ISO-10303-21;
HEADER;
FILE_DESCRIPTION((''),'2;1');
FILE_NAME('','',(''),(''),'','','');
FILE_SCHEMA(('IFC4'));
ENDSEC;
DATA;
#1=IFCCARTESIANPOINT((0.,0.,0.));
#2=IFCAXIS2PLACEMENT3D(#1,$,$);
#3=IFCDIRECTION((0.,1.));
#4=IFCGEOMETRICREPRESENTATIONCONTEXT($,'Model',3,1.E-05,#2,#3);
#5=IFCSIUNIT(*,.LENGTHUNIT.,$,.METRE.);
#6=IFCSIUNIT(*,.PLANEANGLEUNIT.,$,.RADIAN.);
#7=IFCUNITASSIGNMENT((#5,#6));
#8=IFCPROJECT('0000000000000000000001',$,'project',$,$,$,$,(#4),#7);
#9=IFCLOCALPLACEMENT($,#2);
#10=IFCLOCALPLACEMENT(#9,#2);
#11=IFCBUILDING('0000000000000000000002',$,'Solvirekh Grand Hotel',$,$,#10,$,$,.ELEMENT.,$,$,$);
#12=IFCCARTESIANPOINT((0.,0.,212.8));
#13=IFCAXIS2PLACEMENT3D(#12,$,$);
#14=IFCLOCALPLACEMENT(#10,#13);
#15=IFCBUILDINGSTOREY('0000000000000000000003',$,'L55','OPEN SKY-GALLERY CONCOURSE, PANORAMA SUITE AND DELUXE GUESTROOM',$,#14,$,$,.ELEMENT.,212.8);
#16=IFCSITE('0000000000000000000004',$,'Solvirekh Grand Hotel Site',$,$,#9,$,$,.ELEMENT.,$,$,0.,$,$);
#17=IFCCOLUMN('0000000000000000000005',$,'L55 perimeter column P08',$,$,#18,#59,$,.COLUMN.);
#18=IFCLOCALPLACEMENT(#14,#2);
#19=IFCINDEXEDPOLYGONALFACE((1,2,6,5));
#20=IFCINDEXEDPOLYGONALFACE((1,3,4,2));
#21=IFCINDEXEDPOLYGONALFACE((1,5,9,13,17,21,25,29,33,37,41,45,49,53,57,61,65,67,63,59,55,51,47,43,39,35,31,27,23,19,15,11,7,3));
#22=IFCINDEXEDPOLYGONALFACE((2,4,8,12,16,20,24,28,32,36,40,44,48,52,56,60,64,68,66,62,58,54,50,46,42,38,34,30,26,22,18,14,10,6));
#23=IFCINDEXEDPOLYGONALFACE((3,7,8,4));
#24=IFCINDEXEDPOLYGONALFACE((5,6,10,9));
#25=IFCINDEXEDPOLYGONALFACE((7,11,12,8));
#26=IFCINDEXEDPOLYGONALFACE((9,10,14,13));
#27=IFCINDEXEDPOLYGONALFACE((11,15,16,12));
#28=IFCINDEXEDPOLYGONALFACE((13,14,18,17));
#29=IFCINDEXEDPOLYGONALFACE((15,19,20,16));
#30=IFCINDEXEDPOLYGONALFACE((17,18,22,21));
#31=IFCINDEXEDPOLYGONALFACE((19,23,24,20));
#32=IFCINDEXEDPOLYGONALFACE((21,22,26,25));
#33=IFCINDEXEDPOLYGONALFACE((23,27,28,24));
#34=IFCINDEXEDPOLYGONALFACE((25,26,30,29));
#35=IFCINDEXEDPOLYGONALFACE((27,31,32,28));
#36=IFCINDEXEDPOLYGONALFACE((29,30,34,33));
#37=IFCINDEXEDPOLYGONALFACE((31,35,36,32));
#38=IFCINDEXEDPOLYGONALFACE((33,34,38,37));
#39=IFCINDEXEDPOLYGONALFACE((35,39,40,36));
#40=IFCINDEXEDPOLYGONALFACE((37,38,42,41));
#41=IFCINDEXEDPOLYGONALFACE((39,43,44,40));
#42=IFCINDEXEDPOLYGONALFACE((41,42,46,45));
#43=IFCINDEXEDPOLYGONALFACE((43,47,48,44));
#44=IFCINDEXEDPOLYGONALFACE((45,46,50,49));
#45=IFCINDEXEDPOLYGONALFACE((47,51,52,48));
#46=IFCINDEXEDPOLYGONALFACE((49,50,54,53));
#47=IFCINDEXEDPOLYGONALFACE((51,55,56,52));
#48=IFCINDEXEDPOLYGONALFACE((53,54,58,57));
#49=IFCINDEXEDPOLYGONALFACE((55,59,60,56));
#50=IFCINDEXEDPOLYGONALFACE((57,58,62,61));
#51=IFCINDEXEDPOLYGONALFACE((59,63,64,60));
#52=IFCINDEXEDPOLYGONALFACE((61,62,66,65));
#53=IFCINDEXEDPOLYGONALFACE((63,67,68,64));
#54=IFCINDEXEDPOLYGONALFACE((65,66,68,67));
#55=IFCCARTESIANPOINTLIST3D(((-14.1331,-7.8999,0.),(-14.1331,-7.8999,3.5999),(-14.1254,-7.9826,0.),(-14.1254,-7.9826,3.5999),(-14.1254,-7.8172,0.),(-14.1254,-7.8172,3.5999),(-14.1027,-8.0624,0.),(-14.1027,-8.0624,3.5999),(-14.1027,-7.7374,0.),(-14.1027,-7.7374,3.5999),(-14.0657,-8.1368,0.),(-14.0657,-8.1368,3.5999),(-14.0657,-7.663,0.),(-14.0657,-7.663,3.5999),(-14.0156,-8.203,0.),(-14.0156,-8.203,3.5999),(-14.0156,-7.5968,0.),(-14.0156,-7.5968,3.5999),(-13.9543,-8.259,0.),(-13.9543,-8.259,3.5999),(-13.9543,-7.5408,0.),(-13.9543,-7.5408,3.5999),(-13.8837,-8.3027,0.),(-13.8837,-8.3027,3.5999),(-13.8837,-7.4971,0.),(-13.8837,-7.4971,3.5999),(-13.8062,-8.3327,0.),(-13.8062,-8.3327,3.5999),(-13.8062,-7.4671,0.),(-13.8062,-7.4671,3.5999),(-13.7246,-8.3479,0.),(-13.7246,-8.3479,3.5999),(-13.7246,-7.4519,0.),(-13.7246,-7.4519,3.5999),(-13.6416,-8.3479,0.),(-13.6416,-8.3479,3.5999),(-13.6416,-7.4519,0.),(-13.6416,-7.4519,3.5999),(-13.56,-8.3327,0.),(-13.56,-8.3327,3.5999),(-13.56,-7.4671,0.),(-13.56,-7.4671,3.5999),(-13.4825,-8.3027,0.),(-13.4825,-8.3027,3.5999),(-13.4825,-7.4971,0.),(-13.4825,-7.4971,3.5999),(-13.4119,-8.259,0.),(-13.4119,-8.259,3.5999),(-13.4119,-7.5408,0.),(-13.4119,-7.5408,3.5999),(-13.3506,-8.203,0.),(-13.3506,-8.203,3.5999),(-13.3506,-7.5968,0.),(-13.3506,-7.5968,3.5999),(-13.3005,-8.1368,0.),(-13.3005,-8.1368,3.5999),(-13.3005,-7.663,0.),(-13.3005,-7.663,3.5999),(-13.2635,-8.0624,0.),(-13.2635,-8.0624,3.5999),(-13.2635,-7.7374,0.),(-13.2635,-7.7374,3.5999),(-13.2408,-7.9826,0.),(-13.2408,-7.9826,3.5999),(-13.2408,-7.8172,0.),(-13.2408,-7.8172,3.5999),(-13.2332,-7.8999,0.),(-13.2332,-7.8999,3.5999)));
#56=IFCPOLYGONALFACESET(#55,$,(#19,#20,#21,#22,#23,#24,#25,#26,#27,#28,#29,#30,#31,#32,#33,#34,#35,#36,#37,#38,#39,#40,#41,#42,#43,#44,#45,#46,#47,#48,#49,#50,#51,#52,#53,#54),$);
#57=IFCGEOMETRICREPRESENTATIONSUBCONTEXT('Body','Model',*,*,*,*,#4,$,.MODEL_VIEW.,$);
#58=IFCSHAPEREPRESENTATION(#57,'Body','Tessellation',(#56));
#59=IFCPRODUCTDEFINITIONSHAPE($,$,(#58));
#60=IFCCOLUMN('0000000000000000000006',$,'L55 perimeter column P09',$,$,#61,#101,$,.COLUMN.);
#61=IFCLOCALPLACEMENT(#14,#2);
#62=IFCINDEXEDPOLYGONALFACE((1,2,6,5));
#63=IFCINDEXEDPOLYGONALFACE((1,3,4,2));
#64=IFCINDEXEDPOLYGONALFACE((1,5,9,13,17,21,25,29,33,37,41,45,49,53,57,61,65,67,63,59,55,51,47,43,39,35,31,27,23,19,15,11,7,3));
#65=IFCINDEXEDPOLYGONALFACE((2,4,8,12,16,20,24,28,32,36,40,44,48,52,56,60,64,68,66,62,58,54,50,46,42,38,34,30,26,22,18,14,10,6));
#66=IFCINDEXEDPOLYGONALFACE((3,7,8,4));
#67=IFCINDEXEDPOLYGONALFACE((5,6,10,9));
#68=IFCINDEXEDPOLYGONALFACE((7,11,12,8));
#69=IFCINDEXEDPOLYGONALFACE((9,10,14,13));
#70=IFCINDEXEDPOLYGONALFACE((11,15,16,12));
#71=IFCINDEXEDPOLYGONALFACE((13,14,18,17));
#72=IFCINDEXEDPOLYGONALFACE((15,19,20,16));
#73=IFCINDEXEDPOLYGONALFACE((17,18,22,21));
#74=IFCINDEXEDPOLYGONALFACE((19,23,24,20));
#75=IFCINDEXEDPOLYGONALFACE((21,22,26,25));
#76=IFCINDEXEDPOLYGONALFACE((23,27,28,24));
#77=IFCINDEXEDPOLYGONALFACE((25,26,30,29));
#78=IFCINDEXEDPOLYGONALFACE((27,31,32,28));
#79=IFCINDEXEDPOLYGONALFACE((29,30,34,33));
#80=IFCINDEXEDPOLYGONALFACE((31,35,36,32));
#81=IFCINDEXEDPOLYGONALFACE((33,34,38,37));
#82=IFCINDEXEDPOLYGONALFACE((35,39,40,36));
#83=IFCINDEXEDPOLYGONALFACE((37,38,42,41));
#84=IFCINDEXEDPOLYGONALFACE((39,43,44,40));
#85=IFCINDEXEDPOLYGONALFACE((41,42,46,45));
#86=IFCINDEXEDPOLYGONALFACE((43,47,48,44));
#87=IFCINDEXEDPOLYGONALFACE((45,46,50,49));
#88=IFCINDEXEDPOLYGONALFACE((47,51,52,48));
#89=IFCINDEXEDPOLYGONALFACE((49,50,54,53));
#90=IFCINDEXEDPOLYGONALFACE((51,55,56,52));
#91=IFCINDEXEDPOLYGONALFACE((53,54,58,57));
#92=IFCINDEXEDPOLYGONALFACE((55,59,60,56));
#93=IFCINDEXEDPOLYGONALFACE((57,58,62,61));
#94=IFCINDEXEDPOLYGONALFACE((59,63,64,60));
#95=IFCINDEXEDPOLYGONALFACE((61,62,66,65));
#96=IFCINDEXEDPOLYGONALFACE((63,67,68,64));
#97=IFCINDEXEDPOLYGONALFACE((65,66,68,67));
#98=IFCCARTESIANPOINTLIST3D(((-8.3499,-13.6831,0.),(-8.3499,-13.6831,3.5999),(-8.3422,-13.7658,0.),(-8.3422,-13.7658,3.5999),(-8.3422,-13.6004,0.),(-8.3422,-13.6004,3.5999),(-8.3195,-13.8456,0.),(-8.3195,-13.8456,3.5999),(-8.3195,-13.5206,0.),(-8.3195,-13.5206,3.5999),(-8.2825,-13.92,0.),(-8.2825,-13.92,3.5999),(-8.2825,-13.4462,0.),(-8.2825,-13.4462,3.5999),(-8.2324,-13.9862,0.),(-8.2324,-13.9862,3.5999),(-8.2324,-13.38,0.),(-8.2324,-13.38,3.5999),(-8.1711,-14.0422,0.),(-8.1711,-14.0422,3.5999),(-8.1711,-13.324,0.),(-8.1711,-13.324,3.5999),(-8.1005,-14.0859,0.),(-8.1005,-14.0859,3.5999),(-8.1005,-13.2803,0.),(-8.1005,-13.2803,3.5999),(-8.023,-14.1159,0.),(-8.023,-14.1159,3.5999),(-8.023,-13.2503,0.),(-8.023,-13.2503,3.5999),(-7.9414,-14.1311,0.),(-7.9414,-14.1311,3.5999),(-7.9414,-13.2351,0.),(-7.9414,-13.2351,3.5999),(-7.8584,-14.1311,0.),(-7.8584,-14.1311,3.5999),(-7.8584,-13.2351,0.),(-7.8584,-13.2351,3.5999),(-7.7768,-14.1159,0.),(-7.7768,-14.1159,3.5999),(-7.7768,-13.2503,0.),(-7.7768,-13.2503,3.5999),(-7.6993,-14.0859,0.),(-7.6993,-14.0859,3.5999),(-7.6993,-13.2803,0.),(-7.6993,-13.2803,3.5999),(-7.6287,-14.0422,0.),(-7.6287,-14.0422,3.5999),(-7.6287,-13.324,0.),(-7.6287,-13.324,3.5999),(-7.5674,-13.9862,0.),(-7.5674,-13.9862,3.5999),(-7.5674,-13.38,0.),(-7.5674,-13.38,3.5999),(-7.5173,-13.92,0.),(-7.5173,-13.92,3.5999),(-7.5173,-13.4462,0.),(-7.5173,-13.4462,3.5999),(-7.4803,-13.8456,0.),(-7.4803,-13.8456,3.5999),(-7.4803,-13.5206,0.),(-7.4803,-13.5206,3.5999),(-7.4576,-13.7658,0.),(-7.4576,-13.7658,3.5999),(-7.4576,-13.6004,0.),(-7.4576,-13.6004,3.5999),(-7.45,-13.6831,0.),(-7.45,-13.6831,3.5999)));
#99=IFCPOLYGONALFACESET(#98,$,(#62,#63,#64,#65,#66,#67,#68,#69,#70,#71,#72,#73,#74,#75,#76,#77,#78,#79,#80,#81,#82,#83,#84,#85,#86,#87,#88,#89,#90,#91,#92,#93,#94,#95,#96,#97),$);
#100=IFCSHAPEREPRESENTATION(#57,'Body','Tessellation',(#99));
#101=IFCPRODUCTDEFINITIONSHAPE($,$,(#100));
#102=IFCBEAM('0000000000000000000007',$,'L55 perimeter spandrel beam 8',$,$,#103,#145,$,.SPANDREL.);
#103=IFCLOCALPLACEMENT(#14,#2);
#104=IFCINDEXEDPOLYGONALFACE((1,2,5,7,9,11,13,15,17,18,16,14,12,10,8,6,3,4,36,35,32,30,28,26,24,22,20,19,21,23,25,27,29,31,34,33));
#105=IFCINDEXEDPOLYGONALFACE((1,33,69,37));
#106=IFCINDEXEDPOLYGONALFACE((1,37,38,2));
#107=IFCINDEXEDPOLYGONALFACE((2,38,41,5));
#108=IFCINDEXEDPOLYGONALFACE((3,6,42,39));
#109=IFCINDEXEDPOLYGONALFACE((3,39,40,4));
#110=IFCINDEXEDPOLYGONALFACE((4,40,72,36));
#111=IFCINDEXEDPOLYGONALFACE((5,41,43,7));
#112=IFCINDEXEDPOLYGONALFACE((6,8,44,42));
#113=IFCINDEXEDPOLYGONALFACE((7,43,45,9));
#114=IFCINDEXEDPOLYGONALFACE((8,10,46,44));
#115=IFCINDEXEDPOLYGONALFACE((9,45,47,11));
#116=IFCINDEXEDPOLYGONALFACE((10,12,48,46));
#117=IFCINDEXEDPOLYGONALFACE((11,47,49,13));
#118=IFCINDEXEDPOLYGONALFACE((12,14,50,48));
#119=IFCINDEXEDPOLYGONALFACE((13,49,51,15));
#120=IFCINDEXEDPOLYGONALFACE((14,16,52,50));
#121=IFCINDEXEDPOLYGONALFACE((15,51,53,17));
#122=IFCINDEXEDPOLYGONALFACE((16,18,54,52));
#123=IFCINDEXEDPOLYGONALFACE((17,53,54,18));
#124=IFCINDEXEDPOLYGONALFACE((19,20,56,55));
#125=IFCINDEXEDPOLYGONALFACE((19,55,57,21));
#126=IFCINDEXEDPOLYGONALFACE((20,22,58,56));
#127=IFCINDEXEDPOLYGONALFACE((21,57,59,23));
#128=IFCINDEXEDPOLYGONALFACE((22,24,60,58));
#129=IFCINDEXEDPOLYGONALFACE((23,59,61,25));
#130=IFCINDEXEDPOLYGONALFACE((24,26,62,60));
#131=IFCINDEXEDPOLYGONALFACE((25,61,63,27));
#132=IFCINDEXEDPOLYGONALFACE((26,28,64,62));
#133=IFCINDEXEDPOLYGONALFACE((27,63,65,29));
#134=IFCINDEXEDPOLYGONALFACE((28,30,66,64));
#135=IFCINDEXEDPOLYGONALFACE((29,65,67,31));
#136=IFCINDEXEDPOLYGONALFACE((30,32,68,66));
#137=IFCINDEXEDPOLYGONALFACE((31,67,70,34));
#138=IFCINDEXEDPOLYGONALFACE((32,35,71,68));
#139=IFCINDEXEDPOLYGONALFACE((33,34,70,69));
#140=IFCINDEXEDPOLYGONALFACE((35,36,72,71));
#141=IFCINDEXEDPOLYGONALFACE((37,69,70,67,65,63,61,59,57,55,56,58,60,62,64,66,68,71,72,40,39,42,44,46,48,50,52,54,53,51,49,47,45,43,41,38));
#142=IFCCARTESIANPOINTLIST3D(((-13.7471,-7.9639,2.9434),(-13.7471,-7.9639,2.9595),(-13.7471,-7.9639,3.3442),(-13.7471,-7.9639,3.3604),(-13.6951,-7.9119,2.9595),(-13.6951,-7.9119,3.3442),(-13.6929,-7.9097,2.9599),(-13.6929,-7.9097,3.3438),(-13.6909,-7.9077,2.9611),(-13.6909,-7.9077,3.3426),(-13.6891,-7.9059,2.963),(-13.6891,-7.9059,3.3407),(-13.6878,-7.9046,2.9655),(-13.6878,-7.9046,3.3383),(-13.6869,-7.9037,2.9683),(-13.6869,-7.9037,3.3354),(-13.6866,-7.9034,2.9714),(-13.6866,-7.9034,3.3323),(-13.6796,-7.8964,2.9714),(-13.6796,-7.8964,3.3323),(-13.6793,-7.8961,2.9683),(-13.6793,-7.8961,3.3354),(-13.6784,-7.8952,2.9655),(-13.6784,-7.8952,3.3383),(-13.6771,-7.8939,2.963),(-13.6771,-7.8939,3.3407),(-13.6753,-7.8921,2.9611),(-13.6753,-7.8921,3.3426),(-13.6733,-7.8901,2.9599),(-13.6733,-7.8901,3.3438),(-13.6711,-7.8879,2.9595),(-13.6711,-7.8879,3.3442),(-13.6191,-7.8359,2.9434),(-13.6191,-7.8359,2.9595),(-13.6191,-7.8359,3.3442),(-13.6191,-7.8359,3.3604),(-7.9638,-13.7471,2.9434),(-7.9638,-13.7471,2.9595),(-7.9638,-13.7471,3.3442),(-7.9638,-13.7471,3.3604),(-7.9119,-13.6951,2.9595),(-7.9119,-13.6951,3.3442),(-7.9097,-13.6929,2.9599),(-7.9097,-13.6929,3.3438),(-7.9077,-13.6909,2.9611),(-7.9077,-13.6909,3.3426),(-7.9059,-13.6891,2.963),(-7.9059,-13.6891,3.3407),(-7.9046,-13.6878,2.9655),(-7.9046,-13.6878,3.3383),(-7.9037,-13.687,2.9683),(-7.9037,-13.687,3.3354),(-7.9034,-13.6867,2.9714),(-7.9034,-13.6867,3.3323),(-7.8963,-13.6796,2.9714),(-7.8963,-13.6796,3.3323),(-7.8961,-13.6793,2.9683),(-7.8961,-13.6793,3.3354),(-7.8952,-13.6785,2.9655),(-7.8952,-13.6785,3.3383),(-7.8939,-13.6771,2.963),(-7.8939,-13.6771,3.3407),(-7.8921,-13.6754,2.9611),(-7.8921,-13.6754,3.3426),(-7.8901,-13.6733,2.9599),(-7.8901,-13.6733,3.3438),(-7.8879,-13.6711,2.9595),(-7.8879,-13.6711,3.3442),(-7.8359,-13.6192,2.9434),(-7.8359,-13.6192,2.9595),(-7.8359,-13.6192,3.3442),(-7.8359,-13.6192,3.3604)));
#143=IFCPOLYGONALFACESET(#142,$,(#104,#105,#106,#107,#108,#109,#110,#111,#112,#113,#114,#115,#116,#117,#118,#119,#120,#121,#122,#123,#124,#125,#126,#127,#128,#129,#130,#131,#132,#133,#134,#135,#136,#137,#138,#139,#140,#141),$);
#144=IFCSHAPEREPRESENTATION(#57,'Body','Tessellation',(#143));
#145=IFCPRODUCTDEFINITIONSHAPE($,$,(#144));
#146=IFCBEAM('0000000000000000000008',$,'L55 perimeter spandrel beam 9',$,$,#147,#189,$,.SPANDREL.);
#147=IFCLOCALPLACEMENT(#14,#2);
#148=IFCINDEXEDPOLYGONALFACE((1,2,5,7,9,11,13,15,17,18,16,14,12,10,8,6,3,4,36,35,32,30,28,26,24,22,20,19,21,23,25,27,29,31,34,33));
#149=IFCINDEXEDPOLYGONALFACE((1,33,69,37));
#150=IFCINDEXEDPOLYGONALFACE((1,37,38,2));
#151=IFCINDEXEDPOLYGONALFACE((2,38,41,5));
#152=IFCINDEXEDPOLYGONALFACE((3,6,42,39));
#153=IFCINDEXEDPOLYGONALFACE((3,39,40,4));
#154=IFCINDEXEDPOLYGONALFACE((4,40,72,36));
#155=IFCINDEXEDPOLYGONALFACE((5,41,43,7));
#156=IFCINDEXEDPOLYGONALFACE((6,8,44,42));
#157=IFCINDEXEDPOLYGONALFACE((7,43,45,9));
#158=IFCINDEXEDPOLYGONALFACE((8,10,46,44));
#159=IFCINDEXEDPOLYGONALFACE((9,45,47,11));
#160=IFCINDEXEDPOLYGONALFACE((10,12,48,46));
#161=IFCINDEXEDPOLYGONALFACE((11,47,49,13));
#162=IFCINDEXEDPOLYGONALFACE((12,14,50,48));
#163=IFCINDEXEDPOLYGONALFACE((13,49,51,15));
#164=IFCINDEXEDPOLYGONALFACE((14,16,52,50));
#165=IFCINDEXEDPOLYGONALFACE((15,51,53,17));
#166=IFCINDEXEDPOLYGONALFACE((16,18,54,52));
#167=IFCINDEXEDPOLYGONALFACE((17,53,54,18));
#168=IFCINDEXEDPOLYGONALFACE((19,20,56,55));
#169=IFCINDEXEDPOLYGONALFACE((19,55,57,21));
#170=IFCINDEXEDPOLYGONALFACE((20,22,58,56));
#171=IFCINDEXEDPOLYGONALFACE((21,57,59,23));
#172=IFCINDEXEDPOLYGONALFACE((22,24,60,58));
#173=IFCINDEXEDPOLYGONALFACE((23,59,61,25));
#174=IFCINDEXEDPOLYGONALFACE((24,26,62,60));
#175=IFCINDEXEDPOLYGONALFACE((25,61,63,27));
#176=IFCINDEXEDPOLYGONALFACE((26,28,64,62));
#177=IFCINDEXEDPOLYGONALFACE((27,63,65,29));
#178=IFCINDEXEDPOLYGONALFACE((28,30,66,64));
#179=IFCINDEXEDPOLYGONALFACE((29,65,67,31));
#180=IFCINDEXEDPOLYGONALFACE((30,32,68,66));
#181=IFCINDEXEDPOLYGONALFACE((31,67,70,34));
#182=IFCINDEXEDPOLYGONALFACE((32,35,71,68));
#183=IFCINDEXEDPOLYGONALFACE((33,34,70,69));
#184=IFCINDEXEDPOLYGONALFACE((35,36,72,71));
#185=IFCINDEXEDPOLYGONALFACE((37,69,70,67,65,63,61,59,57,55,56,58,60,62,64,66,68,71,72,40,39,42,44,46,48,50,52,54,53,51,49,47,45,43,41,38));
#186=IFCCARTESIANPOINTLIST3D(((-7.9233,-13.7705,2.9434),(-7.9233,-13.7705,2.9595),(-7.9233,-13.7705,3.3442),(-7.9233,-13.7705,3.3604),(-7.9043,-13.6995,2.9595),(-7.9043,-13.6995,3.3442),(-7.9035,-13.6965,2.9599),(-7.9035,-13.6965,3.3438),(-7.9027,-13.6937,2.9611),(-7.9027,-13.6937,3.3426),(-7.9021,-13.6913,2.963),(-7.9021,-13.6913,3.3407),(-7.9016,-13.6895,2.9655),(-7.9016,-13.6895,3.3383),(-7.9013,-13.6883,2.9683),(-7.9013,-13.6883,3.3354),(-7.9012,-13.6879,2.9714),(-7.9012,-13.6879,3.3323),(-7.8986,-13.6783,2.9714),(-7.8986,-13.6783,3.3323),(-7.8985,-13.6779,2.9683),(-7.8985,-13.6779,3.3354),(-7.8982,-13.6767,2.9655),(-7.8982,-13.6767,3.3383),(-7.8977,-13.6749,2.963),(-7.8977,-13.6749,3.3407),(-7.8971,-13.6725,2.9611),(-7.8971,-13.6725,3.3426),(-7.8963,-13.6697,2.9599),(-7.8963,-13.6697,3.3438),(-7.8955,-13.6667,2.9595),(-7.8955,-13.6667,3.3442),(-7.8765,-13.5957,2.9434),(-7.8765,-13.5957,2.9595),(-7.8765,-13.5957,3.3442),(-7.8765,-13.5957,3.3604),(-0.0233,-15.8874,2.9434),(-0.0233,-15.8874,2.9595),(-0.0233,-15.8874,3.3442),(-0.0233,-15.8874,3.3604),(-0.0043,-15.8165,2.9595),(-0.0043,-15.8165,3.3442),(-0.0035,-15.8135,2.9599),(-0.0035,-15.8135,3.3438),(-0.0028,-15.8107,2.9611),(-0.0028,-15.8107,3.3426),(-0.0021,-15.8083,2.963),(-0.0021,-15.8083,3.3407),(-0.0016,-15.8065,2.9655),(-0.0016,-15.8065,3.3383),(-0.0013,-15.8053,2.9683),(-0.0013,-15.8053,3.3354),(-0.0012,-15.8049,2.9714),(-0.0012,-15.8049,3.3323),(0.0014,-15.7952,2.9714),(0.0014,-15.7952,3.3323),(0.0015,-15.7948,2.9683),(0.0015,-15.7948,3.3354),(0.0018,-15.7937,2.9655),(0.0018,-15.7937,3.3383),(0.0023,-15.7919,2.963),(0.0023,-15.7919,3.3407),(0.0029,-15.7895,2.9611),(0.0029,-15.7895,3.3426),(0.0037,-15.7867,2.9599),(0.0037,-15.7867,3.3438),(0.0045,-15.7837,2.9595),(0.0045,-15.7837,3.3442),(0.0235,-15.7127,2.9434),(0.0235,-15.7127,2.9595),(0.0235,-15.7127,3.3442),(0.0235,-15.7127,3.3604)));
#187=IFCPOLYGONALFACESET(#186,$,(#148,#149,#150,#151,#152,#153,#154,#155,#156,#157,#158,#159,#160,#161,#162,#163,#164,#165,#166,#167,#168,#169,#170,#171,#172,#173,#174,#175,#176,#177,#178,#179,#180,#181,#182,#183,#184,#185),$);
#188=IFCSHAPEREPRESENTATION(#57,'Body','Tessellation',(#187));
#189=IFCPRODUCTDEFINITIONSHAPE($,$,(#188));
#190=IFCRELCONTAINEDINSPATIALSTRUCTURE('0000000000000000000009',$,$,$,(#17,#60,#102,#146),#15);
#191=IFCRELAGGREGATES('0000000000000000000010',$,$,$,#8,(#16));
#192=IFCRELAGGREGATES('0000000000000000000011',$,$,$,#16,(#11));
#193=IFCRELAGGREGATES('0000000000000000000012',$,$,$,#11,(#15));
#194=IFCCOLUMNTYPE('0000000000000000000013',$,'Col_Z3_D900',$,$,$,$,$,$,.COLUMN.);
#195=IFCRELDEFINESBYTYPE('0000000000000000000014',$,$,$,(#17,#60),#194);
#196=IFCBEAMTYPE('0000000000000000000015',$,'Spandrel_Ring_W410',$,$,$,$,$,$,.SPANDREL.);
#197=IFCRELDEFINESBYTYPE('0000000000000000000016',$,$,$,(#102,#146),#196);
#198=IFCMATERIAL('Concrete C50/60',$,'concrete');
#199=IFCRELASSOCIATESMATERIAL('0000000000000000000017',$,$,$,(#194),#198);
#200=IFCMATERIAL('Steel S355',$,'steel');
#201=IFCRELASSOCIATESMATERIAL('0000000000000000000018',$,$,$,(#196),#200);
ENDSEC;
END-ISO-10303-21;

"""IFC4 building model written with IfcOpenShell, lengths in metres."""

from ifc_helpers import new_model, si_unit, direction, frame, origin, origin_2d, place, context, subcontext, project, spatial, circle, i_section, extrude, material, material_profile, profile_set, type_object, element, save


model = new_model("IFC4")

# Units and contexts
model_context = context("Model", 3, precision=1e-05, world=origin(), true_north=direction((0.0, 1.0)))
body_context = subcontext(model_context, "Body", "Model", "MODEL_VIEW")
ifc_project = project(units=[si_unit("LENGTHUNIT", "METRE"), si_unit("PLANEANGLEUNIT", "RADIAN")], contexts=[model_context])

# Site, building, storey
site_placement = place(None, origin())
site = spatial("IfcSite", under=ifc_project, at=site_placement, Name="Solvirekh Grand Hotel Site", CompositionType="ELEMENT", RefElevation=0.0)
building_placement = place(site_placement, origin())
building = spatial("IfcBuilding", under=site, at=building_placement, Name="Solvirekh Grand Hotel", CompositionType="ELEMENT")
storey_placement = place(building_placement, frame((0.0, 0.0, 212.8)))
storey = spatial("IfcBuildingStorey", under=building, at=storey_placement, Name="L55", Description="OPEN SKY-GALLERY CONCOURSE, PANORAMA SUITE AND DELUXE GUESTROOM", CompositionType="ELEMENT", Elevation=212.8)

# Columns
ifc_material_1 = material(Name="Concrete C50/60", Category="concrete")
ifc_material_profile_1 = material_profile(ifc_material_1, circle(Radius=0.45, at=origin_2d()), Name="RC CIRC D900")
ifc_profile_set_1 = profile_set([ifc_material_profile_1], Name="Concrete C50/60")
column_type = type_object("IfcColumnType", Name="Col_Z3_D900", PredefinedType="COLUMN", material=ifc_profile_set_1)
for number, where, z_axis, x_axis, name in (
    (1, (-13.6831, -7.8999, 0.0), (0.0, 0.0, 1.0), (1.0, 0.0, 0.0), "L55 perimeter column P08"),
    (2, (-7.8999, -13.6831, 0.0), (0.0, 0.0, 1.0), (1.0, 0.0, 0.0), "L55 perimeter column P09"),
):
    element("IfcColumn", number, at=place(storey_placement, frame(where, z_axis=z_axis, x_axis=x_axis)), inside=storey, type_object=column_type, Name=name, PredefinedType="COLUMN", context=body_context, shape_type="SweptSolid", body=[
        extrude(circle(Radius=0.45, at=origin_2d()), origin(), (0.0, 0.0, 1.0), 3.5999),
    ])

# Beams
ifc_material_2 = material(Name="Steel S355", Category="steel")
ifc_material_profile_2 = material_profile(ifc_material_2, i_section(OverallWidth=0.1809, OverallDepth=0.417, WebThickness=0.01, FlangeThickness=0.0161, FilletRadius=0.012, at=origin_2d()), Name="W410X85")
ifc_profile_set_2 = profile_set([ifc_material_profile_2], Name="Steel S355")
beam_type = type_object("IfcBeamType", Name="Spandrel_Ring_W410", PredefinedType="SPANDREL", material=ifc_profile_set_2)
for number, where, z_axis, x_axis, name in (
    (3, (-13.6831, -7.8999, 3.1519), (0.707107, -0.707107, 0.0), (0.707107, 0.707107, 0.0), "L55 perimeter spandrel beam 8"),
    (4, (-7.8999, -13.6831, 3.1519), (0.965921, -0.258839, 0.0), (0.258839, 0.965921, 0.0), "L55 perimeter spandrel beam 9"),
):
    element("IfcBeam", number, at=place(storey_placement, frame(where, z_axis=z_axis, x_axis=x_axis)), inside=storey, type_object=beam_type, Name=name, PredefinedType="SPANDREL", context=body_context, shape_type="SweptSolid", body=[
        extrude(i_section(OverallWidth=0.1809, OverallDepth=0.417, WebThickness=0.01, FlangeThickness=0.0161, FilletRadius=0.012, at=origin_2d()), origin(), (0.0, 0.0, 1.0), 8.1787),
    ])

save(model, "model.ifc")
